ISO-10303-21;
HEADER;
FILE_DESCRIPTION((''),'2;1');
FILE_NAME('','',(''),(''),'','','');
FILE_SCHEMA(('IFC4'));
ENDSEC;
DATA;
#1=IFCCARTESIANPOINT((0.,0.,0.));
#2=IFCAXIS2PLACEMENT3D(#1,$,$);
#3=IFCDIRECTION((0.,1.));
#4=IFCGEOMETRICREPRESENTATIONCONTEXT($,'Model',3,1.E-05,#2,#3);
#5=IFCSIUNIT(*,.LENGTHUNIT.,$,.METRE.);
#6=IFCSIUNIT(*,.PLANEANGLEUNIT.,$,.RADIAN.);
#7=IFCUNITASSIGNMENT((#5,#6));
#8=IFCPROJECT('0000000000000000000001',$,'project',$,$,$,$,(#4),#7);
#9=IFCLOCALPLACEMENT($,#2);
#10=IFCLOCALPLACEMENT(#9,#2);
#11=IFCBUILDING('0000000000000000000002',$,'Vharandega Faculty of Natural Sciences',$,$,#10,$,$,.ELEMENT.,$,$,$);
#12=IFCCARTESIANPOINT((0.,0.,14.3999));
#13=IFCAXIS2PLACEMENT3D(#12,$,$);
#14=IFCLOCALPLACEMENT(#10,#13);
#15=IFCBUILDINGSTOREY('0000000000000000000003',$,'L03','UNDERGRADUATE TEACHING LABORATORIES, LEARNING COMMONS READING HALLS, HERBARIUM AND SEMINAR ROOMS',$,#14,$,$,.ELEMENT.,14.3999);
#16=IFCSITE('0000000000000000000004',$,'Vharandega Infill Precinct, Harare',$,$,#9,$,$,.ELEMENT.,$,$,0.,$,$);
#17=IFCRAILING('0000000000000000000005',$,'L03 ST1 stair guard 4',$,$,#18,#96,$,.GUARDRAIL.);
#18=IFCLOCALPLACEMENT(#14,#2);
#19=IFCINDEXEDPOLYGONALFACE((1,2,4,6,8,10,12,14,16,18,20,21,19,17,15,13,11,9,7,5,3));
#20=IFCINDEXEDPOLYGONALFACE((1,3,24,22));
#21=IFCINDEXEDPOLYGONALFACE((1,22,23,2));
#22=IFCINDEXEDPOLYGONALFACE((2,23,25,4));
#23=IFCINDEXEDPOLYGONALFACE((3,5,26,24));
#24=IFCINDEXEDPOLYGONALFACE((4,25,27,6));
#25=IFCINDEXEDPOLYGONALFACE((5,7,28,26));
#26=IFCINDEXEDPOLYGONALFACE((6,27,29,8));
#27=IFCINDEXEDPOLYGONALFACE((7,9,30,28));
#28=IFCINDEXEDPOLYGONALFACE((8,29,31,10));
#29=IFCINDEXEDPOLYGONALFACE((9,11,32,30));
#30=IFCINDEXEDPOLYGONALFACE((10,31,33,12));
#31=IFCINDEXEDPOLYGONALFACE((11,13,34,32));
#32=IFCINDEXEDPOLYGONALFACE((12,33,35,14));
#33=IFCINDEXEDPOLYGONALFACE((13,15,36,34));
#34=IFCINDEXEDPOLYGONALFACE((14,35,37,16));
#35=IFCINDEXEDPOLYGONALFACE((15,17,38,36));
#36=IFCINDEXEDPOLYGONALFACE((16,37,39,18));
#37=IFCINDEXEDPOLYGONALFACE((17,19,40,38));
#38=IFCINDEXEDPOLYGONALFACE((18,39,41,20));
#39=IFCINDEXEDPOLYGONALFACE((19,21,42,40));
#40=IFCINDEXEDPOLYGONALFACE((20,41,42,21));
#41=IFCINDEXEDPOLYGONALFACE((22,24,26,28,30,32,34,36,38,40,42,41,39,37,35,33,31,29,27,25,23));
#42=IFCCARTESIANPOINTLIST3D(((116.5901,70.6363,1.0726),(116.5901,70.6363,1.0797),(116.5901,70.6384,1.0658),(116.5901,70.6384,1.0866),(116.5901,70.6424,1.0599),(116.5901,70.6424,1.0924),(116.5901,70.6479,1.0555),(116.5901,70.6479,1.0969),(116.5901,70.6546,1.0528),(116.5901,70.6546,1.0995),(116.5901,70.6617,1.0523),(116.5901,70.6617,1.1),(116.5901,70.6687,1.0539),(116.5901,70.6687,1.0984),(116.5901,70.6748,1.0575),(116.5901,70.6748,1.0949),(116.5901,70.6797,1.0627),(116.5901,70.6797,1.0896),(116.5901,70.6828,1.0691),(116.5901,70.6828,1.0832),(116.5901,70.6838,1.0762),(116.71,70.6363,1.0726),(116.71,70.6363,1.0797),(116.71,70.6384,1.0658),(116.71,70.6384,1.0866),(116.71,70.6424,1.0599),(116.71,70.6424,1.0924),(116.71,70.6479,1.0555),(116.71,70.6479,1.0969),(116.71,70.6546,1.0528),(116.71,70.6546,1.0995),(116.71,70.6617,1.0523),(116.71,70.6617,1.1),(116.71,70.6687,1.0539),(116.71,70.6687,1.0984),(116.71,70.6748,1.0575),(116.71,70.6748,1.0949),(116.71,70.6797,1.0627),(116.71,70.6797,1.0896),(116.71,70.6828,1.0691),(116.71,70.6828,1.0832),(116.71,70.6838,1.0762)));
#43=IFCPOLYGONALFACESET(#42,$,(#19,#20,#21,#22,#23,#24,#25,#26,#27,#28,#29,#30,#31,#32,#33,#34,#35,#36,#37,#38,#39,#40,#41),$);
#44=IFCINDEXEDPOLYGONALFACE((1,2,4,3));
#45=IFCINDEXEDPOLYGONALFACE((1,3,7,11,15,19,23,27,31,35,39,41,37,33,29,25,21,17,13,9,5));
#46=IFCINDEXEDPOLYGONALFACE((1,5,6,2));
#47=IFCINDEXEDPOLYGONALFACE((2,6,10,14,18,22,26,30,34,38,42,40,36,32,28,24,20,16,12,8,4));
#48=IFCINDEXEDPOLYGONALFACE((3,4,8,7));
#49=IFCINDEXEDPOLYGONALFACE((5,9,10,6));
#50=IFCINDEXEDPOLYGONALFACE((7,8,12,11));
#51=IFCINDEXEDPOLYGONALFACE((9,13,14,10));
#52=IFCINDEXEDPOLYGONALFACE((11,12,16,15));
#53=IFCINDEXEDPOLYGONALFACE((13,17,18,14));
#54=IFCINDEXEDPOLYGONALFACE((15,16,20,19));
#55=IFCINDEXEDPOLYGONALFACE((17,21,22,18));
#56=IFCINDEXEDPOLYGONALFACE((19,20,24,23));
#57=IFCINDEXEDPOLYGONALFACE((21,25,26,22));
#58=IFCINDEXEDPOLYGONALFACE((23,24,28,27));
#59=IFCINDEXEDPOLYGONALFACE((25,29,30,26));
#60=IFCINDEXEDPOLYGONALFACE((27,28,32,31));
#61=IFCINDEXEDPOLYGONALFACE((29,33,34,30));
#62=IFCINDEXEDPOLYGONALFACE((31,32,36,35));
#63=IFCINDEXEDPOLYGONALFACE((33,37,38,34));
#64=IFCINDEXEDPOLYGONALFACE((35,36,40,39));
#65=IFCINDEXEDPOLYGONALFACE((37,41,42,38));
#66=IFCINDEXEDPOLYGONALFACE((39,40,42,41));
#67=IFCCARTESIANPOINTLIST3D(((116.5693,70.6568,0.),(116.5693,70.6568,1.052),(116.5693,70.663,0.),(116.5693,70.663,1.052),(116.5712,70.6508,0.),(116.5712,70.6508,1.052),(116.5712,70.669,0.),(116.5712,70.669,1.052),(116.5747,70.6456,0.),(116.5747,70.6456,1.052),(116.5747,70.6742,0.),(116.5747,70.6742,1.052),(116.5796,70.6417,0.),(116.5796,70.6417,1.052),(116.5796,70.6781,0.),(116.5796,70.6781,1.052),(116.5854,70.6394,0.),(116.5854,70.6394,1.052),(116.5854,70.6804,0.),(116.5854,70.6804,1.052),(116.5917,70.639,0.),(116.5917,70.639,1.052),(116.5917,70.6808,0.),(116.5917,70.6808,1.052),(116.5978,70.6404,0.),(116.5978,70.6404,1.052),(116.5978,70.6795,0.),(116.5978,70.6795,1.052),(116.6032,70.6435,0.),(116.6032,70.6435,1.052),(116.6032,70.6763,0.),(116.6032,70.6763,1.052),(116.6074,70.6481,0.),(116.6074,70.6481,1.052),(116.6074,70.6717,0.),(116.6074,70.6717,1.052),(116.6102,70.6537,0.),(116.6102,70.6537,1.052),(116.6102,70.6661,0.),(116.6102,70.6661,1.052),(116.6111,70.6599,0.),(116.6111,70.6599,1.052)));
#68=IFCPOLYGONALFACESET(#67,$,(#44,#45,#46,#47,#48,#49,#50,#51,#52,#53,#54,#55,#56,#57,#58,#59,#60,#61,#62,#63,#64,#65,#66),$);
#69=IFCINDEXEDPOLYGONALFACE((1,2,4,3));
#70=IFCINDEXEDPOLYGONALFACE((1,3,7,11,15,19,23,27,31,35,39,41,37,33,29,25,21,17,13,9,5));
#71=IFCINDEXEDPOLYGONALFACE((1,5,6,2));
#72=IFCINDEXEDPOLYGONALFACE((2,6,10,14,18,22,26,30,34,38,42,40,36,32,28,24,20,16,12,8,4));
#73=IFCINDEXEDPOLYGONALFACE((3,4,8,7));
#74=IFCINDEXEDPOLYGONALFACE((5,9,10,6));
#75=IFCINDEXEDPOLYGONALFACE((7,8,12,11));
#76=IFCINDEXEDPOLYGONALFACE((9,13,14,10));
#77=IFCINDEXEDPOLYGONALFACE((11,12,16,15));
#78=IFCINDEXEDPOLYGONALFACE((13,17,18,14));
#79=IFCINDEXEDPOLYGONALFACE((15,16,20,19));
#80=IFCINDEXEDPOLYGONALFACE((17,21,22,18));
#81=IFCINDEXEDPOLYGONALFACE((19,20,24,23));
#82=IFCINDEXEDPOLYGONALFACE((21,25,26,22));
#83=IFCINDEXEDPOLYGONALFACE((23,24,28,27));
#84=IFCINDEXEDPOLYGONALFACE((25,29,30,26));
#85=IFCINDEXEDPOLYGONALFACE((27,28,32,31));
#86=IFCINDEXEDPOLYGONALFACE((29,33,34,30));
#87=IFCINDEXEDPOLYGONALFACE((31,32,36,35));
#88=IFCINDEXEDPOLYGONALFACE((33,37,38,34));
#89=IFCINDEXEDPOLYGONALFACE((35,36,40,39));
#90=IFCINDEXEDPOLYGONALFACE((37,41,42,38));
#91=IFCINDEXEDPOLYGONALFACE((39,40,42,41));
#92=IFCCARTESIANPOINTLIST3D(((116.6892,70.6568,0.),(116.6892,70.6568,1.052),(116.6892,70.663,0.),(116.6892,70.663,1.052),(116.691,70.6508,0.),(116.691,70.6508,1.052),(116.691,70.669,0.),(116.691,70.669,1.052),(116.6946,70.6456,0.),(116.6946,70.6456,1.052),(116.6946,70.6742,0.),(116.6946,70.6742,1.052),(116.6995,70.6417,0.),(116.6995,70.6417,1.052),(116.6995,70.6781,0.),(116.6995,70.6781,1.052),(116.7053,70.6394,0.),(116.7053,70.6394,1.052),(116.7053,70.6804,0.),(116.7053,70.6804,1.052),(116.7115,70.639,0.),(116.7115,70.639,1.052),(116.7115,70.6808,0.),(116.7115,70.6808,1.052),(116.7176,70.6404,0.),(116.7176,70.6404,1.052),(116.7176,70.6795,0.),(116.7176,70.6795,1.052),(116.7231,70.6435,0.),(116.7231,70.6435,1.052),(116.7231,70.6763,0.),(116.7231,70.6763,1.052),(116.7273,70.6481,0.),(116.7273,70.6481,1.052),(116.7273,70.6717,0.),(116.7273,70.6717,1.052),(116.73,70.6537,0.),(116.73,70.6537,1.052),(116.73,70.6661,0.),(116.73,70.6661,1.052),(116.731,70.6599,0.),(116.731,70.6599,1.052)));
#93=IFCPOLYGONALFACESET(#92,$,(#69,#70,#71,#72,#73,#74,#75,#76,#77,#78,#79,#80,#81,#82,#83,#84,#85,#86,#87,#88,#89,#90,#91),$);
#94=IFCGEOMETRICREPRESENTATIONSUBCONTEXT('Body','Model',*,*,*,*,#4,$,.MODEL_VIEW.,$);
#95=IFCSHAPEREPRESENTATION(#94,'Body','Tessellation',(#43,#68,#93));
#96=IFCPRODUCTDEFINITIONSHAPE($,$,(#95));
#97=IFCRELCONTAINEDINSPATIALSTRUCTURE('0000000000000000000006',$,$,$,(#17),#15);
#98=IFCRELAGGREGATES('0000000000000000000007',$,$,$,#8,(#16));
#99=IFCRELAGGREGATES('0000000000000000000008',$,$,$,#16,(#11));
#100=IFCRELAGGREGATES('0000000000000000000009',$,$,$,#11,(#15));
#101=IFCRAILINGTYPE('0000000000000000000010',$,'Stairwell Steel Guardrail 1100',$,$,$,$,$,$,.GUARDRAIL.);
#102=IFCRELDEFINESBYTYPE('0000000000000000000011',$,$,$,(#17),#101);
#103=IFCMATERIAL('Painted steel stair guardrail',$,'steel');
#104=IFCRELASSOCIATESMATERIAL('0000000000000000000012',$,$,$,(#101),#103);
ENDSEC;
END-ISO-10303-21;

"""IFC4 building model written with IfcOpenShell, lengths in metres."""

from ifc_helpers import new_model, si_unit, direction, frame, origin, origin_2d, place, context, subcontext, project, spatial, circle, extrude, material, type_object, element, save


model = new_model("IFC4")

# Units and contexts
model_context = context("Model", 3, precision=1e-05, world=origin(), true_north=direction((0.0, 1.0)))
body_context = subcontext(model_context, "Body", "Model", "MODEL_VIEW")
ifc_project = project(units=[si_unit("LENGTHUNIT", "METRE"), si_unit("PLANEANGLEUNIT", "RADIAN")], contexts=[model_context])

# Site, building, storey
site_placement = place(None, origin())
site = spatial("IfcSite", under=ifc_project, at=site_placement, Name="Vharandega Infill Precinct, Harare", CompositionType="ELEMENT", RefElevation=0.0)
building_placement = place(site_placement, origin())
building = spatial("IfcBuilding", under=site, at=building_placement, Name="Vharandega Faculty of Natural Sciences", CompositionType="ELEMENT")
storey_placement = place(building_placement, frame((0.0, 0.0, 14.3999)))
storey = spatial("IfcBuildingStorey", under=building, at=storey_placement, Name="L03", Description="UNDERGRADUATE TEACHING LABORATORIES, LEARNING COMMONS READING HALLS, HERBARIUM AND SEMINAR ROOMS", CompositionType="ELEMENT", Elevation=14.3999)

# Railing
ifc_material_1 = material(Name="Painted steel stair guardrail", Category="steel")
railing_type_1 = type_object("IfcRailingType", Name="Stairwell Steel Guardrail 1100", PredefinedType="GUARDRAIL", material=ifc_material_1)
railing_1_placement = place(storey_placement, frame((116.5901, 70.6599, 0.0)))
element("IfcRailing", 1, at=railing_1_placement, inside=storey, type_object=railing_type_1, Name="L03 ST1 stair guard 4", PredefinedType="GUARDRAIL", context=body_context, shape_type="SweptSolid", body=[
    extrude(circle(Radius=0.0239, at=origin_2d()), frame((0.0, 0.0, 1.0762), z_axis=(1.0, 0.0, 0.0), x_axis=(0.0, 1.0, 0.0)), (0.0, 0.0, 1.0), 0.1199),
    extrude(circle(Radius=0.021, at=origin_2d()), origin(), (0.0, 0.0, 1.0), 1.052),
    extrude(circle(Radius=0.021, at=origin_2d()), frame((0.1199, 0.0, 0.0)), (0.0, 0.0, 1.0), 1.052),
])

save(model, "model.ifc")
